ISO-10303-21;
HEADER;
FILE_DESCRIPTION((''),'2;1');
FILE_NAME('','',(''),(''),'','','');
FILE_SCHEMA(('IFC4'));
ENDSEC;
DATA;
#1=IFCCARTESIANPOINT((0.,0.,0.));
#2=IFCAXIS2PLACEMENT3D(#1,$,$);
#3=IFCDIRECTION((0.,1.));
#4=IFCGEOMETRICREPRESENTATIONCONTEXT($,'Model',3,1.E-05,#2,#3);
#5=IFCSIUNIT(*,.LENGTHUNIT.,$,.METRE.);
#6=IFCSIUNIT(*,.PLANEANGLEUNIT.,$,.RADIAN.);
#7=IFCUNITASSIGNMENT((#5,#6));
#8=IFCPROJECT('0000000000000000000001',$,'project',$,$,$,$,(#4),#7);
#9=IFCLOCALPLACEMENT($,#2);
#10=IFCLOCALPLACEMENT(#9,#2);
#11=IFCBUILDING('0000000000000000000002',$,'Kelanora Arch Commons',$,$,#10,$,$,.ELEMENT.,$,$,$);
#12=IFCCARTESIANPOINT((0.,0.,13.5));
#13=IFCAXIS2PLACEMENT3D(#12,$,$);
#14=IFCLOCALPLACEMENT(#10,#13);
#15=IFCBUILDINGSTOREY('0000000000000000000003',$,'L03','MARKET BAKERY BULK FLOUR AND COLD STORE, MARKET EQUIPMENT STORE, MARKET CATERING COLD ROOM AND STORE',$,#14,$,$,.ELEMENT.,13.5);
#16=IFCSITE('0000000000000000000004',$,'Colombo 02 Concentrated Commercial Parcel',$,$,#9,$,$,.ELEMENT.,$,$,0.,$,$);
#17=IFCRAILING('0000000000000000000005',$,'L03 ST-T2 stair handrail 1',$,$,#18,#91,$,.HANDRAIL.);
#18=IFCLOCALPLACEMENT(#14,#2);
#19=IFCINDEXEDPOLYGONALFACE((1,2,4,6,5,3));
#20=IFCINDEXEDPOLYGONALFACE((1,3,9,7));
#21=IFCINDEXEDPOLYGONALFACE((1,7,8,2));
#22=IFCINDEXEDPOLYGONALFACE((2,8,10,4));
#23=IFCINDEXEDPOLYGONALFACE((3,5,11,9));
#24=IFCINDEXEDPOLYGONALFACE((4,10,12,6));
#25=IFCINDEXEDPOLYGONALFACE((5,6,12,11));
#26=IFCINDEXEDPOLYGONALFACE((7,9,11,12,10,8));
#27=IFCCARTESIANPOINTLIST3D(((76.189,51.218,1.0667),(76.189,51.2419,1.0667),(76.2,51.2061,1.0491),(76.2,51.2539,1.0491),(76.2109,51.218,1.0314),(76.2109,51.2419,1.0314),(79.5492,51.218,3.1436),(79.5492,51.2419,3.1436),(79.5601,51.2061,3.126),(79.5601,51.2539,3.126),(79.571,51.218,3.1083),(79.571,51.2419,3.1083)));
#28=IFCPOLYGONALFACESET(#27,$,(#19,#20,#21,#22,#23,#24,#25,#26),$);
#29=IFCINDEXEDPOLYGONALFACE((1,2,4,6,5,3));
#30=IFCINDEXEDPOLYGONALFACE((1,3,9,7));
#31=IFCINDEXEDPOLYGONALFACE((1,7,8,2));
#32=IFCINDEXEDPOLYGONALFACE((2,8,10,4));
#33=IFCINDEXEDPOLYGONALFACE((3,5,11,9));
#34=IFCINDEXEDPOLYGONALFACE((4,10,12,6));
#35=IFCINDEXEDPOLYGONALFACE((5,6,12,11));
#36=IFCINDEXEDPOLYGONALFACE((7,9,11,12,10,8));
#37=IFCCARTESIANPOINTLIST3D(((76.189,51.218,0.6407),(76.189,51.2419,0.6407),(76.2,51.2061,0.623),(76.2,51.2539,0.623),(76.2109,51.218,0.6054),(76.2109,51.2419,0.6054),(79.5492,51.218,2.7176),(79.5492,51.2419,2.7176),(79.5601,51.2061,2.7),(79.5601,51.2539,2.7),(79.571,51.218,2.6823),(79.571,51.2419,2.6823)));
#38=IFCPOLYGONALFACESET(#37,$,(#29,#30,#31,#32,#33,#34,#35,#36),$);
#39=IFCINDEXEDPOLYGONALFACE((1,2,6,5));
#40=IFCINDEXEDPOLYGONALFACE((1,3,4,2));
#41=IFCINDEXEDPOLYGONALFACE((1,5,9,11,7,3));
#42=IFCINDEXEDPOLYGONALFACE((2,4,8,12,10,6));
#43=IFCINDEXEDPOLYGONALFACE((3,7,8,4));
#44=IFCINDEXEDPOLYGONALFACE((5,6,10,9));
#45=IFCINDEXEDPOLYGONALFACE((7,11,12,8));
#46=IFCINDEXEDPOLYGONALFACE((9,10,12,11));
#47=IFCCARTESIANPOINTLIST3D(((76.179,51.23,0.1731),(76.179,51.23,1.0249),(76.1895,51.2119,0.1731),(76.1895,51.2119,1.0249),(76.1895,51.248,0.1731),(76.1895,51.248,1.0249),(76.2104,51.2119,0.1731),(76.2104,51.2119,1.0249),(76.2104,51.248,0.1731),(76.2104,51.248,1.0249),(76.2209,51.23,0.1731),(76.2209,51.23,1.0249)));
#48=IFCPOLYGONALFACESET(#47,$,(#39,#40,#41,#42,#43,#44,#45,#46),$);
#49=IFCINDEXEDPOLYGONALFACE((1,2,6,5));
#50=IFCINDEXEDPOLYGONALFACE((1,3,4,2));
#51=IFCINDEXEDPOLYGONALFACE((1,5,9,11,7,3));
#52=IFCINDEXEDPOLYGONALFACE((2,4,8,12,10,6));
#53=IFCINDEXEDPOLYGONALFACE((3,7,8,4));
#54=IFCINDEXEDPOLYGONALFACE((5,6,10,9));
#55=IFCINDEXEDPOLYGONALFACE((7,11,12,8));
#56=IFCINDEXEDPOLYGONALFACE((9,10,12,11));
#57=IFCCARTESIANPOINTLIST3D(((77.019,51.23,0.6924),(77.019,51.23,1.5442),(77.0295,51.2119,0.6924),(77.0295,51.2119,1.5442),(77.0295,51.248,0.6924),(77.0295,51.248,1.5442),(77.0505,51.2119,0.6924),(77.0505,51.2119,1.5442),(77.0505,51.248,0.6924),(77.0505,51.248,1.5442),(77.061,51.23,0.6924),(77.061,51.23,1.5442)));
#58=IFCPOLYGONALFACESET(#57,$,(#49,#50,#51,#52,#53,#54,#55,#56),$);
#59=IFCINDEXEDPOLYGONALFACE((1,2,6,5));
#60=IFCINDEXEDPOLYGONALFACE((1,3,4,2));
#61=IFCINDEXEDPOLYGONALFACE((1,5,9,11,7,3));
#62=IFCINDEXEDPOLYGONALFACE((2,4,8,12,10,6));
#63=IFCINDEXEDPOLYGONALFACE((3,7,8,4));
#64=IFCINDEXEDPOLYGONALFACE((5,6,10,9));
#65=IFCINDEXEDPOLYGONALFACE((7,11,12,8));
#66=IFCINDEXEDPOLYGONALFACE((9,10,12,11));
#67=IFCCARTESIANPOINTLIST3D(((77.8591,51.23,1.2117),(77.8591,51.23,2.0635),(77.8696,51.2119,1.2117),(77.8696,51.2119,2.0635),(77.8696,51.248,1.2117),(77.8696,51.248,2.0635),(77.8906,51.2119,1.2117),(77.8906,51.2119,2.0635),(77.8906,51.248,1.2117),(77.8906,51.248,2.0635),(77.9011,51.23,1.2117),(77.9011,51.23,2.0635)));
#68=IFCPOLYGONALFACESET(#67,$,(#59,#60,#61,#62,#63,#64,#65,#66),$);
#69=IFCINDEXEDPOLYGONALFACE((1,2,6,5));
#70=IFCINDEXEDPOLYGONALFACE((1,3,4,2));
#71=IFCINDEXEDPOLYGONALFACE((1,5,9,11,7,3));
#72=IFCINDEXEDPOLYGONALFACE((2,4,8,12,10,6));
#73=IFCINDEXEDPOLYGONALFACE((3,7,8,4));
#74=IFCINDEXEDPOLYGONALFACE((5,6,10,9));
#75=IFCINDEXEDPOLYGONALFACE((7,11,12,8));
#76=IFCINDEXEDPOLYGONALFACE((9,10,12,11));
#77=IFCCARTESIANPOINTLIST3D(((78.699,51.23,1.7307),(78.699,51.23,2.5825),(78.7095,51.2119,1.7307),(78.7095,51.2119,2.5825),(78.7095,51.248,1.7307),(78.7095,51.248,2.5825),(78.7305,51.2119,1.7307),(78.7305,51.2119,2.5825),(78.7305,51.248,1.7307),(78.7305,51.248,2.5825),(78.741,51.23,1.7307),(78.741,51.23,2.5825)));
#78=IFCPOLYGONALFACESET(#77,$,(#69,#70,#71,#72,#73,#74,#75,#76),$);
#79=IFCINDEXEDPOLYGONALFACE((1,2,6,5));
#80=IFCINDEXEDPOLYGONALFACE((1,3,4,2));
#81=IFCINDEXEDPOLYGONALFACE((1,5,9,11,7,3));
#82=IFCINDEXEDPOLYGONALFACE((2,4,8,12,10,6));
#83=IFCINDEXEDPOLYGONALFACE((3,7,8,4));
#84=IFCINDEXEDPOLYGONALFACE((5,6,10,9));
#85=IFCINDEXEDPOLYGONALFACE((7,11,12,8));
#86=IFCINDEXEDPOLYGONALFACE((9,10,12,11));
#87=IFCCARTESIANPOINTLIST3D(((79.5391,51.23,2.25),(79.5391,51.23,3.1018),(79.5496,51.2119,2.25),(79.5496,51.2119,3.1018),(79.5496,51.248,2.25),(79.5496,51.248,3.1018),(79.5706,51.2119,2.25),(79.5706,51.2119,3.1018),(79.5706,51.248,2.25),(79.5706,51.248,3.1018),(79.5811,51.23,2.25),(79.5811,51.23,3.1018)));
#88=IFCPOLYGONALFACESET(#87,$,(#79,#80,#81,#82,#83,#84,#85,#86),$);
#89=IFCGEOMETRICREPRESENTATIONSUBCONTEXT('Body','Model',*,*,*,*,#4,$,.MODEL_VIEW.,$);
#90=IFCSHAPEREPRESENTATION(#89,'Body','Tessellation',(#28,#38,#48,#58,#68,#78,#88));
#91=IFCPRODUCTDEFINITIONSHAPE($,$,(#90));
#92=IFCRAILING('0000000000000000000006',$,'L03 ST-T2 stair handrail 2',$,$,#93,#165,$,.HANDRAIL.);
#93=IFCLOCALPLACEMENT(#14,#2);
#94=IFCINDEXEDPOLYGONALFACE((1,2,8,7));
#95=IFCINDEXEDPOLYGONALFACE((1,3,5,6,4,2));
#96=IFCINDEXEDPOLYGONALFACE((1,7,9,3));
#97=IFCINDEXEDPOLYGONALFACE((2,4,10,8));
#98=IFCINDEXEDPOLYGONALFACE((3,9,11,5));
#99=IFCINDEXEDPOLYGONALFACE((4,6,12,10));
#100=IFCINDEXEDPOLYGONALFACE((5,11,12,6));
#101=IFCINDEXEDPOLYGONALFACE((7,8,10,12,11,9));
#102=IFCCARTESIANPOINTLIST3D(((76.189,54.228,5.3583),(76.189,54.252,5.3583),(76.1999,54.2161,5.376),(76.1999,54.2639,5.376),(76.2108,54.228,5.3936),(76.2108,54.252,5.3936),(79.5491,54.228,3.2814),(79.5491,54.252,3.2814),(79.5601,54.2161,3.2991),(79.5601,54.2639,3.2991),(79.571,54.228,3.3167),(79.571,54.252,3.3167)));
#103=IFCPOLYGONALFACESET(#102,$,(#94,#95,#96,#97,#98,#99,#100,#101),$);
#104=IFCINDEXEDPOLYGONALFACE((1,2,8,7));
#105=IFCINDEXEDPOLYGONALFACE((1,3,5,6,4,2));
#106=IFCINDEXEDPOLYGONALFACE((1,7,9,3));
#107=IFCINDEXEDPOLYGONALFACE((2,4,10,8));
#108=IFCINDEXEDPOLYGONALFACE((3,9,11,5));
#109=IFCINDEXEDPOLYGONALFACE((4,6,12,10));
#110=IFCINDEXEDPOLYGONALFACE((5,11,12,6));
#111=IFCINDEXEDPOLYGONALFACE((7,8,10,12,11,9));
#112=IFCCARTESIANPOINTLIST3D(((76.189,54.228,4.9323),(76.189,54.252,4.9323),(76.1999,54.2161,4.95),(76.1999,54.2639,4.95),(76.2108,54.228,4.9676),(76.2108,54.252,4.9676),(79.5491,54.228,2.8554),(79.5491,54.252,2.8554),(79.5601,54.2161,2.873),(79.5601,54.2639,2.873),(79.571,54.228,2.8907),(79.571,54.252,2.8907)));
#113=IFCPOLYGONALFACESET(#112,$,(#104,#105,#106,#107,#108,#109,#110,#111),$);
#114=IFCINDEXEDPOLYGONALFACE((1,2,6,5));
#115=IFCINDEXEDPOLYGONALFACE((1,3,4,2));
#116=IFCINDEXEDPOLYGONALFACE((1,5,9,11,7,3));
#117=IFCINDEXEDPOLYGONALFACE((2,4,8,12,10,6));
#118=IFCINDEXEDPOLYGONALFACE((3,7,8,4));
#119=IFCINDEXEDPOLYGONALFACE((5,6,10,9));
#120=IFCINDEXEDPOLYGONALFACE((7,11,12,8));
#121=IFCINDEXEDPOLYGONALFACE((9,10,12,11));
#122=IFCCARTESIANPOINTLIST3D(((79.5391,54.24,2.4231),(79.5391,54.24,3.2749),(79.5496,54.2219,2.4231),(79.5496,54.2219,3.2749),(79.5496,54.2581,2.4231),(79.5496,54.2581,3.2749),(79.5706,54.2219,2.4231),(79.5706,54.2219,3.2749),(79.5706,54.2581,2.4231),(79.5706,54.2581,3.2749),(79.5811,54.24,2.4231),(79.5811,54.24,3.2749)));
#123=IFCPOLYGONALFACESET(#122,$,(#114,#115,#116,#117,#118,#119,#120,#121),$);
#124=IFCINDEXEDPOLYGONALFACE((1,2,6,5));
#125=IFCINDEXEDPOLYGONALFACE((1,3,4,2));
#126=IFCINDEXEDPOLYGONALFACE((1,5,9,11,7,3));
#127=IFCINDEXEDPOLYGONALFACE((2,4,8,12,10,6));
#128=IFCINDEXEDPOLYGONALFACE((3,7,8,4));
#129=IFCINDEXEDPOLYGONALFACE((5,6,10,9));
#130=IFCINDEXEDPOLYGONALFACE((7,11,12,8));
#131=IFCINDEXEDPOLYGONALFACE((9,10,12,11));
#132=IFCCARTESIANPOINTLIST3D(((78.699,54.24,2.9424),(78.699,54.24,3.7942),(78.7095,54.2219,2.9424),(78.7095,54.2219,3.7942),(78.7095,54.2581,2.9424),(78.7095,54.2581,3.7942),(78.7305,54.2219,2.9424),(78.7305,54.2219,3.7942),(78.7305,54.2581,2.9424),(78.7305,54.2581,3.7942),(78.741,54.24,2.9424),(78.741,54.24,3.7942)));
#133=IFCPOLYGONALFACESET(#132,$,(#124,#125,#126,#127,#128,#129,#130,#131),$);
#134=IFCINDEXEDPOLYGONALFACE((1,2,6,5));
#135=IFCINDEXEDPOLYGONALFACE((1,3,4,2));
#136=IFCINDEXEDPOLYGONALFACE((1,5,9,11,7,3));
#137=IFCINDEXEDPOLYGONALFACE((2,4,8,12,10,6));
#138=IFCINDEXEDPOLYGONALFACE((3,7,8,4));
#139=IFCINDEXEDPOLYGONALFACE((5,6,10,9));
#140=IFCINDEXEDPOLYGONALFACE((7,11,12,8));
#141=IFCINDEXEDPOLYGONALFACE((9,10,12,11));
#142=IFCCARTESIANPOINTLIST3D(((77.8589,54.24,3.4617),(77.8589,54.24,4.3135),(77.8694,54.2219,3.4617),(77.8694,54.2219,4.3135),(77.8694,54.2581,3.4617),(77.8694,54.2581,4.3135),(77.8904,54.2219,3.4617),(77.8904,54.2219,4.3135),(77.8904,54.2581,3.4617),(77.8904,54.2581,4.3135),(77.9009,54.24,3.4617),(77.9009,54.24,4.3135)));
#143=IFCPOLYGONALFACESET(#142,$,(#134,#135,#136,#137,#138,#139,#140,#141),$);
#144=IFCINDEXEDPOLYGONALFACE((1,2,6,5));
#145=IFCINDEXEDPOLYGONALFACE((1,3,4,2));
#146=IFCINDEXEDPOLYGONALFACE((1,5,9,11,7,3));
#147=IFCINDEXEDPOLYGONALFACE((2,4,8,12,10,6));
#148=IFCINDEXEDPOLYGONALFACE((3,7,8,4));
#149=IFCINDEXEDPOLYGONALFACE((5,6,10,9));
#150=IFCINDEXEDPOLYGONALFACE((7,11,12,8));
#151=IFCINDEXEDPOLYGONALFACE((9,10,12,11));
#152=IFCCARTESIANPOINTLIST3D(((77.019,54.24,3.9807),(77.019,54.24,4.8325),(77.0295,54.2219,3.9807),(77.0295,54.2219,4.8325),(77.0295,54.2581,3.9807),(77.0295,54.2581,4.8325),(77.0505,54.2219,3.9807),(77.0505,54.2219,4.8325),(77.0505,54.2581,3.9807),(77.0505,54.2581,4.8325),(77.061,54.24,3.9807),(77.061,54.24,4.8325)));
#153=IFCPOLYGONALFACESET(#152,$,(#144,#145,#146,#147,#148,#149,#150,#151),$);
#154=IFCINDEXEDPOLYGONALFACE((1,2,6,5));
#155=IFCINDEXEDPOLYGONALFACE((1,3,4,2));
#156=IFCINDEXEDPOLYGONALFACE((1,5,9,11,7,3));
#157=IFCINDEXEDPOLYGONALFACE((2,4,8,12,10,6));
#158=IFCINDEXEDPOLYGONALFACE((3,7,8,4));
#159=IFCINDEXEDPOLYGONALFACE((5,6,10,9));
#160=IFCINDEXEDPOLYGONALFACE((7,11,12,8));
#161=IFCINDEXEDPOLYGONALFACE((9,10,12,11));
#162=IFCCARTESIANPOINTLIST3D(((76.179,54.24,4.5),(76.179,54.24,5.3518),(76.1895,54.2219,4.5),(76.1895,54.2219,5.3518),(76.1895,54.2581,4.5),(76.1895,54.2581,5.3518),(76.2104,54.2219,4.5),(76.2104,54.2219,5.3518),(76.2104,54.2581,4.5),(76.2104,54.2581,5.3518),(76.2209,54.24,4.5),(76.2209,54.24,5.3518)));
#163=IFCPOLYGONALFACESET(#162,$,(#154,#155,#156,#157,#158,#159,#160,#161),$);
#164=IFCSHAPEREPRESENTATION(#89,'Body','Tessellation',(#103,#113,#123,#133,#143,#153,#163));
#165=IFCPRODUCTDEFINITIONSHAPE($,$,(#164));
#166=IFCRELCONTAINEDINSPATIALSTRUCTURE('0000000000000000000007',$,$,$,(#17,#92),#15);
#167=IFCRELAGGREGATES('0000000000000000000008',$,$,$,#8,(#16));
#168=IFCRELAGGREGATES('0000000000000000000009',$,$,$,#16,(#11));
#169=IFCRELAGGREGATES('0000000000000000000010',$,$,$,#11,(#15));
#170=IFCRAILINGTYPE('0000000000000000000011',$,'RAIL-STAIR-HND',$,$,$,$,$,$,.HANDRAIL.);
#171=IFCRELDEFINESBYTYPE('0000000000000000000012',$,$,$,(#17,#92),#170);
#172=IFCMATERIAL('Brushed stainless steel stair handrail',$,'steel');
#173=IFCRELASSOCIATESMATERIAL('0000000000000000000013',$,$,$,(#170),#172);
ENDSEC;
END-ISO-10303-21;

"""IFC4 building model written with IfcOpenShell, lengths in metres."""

from ifc_helpers import new_model, si_unit, direction, frame, origin, place, context, subcontext, project, spatial, polyline, outline, extrude, material, type_object, element, save


model = new_model("IFC4")

# Units and contexts
model_context = context("Model", 3, precision=1e-05, world=origin(), true_north=direction((0.0, 1.0)))
body_context = subcontext(model_context, "Body", "Model", "MODEL_VIEW")
ifc_project = project(units=[si_unit("LENGTHUNIT", "METRE"), si_unit("PLANEANGLEUNIT", "RADIAN")], contexts=[model_context])

# Site, building, storey
site_placement = place(None, origin())
site = spatial("IfcSite", under=ifc_project, at=site_placement, Name="Colombo 02 Concentrated Commercial Parcel", CompositionType="ELEMENT", RefElevation=0.0)
building_placement = place(site_placement, origin())
building = spatial("IfcBuilding", under=site, at=building_placement, Name="Kelanora Arch Commons", CompositionType="ELEMENT")
storey_placement = place(building_placement, frame((0.0, 0.0, 13.5)))
storey = spatial("IfcBuildingStorey", under=building, at=storey_placement, Name="L03", Description="MARKET BAKERY BULK FLOUR AND COLD STORE, MARKET EQUIPMENT STORE, MARKET CATERING COLD ROOM AND STORE", CompositionType="ELEMENT", Elevation=13.5)

# Railings
ifc_material_1 = material(Name="Brushed stainless steel stair handrail", Category="steel")
railing_type_1 = type_object("IfcRailingType", Name="RAIL-STAIR-HND", PredefinedType="HANDRAIL", material=ifc_material_1)
railing_1_placement = place(storey_placement, frame((76.2, 51.23, 0.1731)))
element("IfcRailing", 1, at=railing_1_placement, inside=storey, type_object=railing_type_1, Name="L03 ST-T2 stair handrail 1", PredefinedType="HANDRAIL", context=body_context, shape_type="SweptSolid", body=[
    extrude(outline(polyline([(0.0239, 0.0), (0.012, 0.0208), (-0.012, 0.0208), (-0.0239, 0.0), (-0.012, -0.0208), (0.012, -0.0208), (0.0239, 0.0)])), frame((0.0, 0.0, 0.876), z_axis=(0.850623, 0.0, 0.525776), x_axis=(0.0, 1.0, 0.0)), (0.0, 0.0, 1.0), 3.9502),
    extrude(outline(polyline([(0.0239, 0.0), (0.012, 0.0208), (-0.012, 0.0208), (-0.0239, 0.0), (-0.012, -0.0208), (0.012, -0.0208), (0.0239, 0.0)])), frame((0.0, 0.0, 0.45), z_axis=(0.850623, 0.0, 0.525776), x_axis=(0.0, 1.0, 0.0)), (0.0, 0.0, 1.0), 3.9502),
    extrude(outline(polyline([(0.021, 0.0), (0.0105, 0.0181), (-0.0105, 0.0181), (-0.021, 0.0), (-0.0105, -0.0181), (0.0105, -0.0181), (0.021, 0.0)])), origin(), (0.0, 0.0, 1.0), 0.8518),
    extrude(outline(polyline([(0.021, 0.0), (0.0105, 0.0181), (-0.0105, 0.0181), (-0.021, 0.0), (-0.0105, -0.0181), (0.0105, -0.0181), (0.021, 0.0)])), frame((0.8401, 0.0, 0.5193)), (0.0, 0.0, 1.0), 0.8518),
    extrude(outline(polyline([(0.021, 0.0), (0.0105, 0.0181), (-0.0105, 0.0181), (-0.021, 0.0), (-0.0105, -0.0181), (0.0105, -0.0181), (0.021, 0.0)])), frame((1.6802, 0.0, 1.0386)), (0.0, 0.0, 1.0), 0.8518),
    extrude(outline(polyline([(0.021, 0.0), (0.0105, 0.0181), (-0.0105, 0.0181), (-0.021, 0.0), (-0.0105, -0.0181), (0.0105, -0.0181), (0.021, 0.0)])), frame((2.52, 0.0, 1.5576)), (0.0, 0.0, 1.0), 0.8518),
    extrude(outline(polyline([(0.021, 0.0), (0.0105, 0.0181), (-0.0105, 0.0181), (-0.021, 0.0), (-0.0105, -0.0181), (0.0105, -0.0181), (0.021, 0.0)])), frame((3.3601, 0.0, 2.0769)), (0.0, 0.0, 1.0), 0.8518),
])
railing_2_placement = place(storey_placement, frame((79.5601, 54.24, 2.4231)))
element("IfcRailing", 2, at=railing_2_placement, inside=storey, type_object=railing_type_1, Name="L03 ST-T2 stair handrail 2", PredefinedType="HANDRAIL", context=body_context, shape_type="SweptSolid", body=[
    extrude(outline(polyline([(0.0239, 0.0), (0.012, 0.0208), (-0.012, 0.0208), (-0.0239, 0.0), (-0.012, -0.0208), (0.012, -0.0208), (0.0239, 0.0)])), frame((0.0, 0.0, 0.876), z_axis=(-0.850623, 0.0, 0.525776), x_axis=(0.0, -1.0, 0.0)), (0.0, 0.0, 1.0), 3.9502),
    extrude(outline(polyline([(0.0239, 0.0), (0.012, 0.0208), (-0.012, 0.0208), (-0.0239, 0.0), (-0.012, -0.0208), (0.012, -0.0208), (0.0239, 0.0)])), frame((0.0, 0.0, 0.45), z_axis=(-0.850623, 0.0, 0.525776), x_axis=(0.0, -1.0, 0.0)), (0.0, 0.0, 1.0), 3.9502),
    extrude(outline(polyline([(0.021, 0.0), (0.0105, 0.0181), (-0.0105, 0.0181), (-0.021, 0.0), (-0.0105, -0.0181), (0.0105, -0.0181), (0.021, 0.0)])), origin(), (0.0, 0.0, 1.0), 0.8518),
    extrude(outline(polyline([(0.021, 0.0), (0.0105, 0.0181), (-0.0105, 0.0181), (-0.021, 0.0), (-0.0105, -0.0181), (0.0105, -0.0181), (0.021, 0.0)])), frame((-0.8401, 0.0, 0.5193)), (0.0, 0.0, 1.0), 0.8518),
    extrude(outline(polyline([(0.021, 0.0), (0.0105, 0.0181), (-0.0105, 0.0181), (-0.021, 0.0), (-0.0105, -0.0181), (0.0105, -0.0181), (0.021, 0.0)])), frame((-1.6802, 0.0, 1.0386)), (0.0, 0.0, 1.0), 0.8518),
    extrude(outline(polyline([(0.021, 0.0), (0.0105, 0.0181), (-0.0105, 0.0181), (-0.021, 0.0), (-0.0105, -0.0181), (0.0105, -0.0181), (0.021, 0.0)])), frame((-2.52, 0.0, 1.5576)), (0.0, 0.0, 1.0), 0.8518),
    extrude(outline(polyline([(0.021, 0.0), (0.0105, 0.0181), (-0.0105, 0.0181), (-0.021, 0.0), (-0.0105, -0.0181), (0.0105, -0.0181), (0.021, 0.0)])), frame((-3.3601, 0.0, 2.0769)), (0.0, 0.0, 1.0), 0.8518),
])

save(model, "model.ifc")
